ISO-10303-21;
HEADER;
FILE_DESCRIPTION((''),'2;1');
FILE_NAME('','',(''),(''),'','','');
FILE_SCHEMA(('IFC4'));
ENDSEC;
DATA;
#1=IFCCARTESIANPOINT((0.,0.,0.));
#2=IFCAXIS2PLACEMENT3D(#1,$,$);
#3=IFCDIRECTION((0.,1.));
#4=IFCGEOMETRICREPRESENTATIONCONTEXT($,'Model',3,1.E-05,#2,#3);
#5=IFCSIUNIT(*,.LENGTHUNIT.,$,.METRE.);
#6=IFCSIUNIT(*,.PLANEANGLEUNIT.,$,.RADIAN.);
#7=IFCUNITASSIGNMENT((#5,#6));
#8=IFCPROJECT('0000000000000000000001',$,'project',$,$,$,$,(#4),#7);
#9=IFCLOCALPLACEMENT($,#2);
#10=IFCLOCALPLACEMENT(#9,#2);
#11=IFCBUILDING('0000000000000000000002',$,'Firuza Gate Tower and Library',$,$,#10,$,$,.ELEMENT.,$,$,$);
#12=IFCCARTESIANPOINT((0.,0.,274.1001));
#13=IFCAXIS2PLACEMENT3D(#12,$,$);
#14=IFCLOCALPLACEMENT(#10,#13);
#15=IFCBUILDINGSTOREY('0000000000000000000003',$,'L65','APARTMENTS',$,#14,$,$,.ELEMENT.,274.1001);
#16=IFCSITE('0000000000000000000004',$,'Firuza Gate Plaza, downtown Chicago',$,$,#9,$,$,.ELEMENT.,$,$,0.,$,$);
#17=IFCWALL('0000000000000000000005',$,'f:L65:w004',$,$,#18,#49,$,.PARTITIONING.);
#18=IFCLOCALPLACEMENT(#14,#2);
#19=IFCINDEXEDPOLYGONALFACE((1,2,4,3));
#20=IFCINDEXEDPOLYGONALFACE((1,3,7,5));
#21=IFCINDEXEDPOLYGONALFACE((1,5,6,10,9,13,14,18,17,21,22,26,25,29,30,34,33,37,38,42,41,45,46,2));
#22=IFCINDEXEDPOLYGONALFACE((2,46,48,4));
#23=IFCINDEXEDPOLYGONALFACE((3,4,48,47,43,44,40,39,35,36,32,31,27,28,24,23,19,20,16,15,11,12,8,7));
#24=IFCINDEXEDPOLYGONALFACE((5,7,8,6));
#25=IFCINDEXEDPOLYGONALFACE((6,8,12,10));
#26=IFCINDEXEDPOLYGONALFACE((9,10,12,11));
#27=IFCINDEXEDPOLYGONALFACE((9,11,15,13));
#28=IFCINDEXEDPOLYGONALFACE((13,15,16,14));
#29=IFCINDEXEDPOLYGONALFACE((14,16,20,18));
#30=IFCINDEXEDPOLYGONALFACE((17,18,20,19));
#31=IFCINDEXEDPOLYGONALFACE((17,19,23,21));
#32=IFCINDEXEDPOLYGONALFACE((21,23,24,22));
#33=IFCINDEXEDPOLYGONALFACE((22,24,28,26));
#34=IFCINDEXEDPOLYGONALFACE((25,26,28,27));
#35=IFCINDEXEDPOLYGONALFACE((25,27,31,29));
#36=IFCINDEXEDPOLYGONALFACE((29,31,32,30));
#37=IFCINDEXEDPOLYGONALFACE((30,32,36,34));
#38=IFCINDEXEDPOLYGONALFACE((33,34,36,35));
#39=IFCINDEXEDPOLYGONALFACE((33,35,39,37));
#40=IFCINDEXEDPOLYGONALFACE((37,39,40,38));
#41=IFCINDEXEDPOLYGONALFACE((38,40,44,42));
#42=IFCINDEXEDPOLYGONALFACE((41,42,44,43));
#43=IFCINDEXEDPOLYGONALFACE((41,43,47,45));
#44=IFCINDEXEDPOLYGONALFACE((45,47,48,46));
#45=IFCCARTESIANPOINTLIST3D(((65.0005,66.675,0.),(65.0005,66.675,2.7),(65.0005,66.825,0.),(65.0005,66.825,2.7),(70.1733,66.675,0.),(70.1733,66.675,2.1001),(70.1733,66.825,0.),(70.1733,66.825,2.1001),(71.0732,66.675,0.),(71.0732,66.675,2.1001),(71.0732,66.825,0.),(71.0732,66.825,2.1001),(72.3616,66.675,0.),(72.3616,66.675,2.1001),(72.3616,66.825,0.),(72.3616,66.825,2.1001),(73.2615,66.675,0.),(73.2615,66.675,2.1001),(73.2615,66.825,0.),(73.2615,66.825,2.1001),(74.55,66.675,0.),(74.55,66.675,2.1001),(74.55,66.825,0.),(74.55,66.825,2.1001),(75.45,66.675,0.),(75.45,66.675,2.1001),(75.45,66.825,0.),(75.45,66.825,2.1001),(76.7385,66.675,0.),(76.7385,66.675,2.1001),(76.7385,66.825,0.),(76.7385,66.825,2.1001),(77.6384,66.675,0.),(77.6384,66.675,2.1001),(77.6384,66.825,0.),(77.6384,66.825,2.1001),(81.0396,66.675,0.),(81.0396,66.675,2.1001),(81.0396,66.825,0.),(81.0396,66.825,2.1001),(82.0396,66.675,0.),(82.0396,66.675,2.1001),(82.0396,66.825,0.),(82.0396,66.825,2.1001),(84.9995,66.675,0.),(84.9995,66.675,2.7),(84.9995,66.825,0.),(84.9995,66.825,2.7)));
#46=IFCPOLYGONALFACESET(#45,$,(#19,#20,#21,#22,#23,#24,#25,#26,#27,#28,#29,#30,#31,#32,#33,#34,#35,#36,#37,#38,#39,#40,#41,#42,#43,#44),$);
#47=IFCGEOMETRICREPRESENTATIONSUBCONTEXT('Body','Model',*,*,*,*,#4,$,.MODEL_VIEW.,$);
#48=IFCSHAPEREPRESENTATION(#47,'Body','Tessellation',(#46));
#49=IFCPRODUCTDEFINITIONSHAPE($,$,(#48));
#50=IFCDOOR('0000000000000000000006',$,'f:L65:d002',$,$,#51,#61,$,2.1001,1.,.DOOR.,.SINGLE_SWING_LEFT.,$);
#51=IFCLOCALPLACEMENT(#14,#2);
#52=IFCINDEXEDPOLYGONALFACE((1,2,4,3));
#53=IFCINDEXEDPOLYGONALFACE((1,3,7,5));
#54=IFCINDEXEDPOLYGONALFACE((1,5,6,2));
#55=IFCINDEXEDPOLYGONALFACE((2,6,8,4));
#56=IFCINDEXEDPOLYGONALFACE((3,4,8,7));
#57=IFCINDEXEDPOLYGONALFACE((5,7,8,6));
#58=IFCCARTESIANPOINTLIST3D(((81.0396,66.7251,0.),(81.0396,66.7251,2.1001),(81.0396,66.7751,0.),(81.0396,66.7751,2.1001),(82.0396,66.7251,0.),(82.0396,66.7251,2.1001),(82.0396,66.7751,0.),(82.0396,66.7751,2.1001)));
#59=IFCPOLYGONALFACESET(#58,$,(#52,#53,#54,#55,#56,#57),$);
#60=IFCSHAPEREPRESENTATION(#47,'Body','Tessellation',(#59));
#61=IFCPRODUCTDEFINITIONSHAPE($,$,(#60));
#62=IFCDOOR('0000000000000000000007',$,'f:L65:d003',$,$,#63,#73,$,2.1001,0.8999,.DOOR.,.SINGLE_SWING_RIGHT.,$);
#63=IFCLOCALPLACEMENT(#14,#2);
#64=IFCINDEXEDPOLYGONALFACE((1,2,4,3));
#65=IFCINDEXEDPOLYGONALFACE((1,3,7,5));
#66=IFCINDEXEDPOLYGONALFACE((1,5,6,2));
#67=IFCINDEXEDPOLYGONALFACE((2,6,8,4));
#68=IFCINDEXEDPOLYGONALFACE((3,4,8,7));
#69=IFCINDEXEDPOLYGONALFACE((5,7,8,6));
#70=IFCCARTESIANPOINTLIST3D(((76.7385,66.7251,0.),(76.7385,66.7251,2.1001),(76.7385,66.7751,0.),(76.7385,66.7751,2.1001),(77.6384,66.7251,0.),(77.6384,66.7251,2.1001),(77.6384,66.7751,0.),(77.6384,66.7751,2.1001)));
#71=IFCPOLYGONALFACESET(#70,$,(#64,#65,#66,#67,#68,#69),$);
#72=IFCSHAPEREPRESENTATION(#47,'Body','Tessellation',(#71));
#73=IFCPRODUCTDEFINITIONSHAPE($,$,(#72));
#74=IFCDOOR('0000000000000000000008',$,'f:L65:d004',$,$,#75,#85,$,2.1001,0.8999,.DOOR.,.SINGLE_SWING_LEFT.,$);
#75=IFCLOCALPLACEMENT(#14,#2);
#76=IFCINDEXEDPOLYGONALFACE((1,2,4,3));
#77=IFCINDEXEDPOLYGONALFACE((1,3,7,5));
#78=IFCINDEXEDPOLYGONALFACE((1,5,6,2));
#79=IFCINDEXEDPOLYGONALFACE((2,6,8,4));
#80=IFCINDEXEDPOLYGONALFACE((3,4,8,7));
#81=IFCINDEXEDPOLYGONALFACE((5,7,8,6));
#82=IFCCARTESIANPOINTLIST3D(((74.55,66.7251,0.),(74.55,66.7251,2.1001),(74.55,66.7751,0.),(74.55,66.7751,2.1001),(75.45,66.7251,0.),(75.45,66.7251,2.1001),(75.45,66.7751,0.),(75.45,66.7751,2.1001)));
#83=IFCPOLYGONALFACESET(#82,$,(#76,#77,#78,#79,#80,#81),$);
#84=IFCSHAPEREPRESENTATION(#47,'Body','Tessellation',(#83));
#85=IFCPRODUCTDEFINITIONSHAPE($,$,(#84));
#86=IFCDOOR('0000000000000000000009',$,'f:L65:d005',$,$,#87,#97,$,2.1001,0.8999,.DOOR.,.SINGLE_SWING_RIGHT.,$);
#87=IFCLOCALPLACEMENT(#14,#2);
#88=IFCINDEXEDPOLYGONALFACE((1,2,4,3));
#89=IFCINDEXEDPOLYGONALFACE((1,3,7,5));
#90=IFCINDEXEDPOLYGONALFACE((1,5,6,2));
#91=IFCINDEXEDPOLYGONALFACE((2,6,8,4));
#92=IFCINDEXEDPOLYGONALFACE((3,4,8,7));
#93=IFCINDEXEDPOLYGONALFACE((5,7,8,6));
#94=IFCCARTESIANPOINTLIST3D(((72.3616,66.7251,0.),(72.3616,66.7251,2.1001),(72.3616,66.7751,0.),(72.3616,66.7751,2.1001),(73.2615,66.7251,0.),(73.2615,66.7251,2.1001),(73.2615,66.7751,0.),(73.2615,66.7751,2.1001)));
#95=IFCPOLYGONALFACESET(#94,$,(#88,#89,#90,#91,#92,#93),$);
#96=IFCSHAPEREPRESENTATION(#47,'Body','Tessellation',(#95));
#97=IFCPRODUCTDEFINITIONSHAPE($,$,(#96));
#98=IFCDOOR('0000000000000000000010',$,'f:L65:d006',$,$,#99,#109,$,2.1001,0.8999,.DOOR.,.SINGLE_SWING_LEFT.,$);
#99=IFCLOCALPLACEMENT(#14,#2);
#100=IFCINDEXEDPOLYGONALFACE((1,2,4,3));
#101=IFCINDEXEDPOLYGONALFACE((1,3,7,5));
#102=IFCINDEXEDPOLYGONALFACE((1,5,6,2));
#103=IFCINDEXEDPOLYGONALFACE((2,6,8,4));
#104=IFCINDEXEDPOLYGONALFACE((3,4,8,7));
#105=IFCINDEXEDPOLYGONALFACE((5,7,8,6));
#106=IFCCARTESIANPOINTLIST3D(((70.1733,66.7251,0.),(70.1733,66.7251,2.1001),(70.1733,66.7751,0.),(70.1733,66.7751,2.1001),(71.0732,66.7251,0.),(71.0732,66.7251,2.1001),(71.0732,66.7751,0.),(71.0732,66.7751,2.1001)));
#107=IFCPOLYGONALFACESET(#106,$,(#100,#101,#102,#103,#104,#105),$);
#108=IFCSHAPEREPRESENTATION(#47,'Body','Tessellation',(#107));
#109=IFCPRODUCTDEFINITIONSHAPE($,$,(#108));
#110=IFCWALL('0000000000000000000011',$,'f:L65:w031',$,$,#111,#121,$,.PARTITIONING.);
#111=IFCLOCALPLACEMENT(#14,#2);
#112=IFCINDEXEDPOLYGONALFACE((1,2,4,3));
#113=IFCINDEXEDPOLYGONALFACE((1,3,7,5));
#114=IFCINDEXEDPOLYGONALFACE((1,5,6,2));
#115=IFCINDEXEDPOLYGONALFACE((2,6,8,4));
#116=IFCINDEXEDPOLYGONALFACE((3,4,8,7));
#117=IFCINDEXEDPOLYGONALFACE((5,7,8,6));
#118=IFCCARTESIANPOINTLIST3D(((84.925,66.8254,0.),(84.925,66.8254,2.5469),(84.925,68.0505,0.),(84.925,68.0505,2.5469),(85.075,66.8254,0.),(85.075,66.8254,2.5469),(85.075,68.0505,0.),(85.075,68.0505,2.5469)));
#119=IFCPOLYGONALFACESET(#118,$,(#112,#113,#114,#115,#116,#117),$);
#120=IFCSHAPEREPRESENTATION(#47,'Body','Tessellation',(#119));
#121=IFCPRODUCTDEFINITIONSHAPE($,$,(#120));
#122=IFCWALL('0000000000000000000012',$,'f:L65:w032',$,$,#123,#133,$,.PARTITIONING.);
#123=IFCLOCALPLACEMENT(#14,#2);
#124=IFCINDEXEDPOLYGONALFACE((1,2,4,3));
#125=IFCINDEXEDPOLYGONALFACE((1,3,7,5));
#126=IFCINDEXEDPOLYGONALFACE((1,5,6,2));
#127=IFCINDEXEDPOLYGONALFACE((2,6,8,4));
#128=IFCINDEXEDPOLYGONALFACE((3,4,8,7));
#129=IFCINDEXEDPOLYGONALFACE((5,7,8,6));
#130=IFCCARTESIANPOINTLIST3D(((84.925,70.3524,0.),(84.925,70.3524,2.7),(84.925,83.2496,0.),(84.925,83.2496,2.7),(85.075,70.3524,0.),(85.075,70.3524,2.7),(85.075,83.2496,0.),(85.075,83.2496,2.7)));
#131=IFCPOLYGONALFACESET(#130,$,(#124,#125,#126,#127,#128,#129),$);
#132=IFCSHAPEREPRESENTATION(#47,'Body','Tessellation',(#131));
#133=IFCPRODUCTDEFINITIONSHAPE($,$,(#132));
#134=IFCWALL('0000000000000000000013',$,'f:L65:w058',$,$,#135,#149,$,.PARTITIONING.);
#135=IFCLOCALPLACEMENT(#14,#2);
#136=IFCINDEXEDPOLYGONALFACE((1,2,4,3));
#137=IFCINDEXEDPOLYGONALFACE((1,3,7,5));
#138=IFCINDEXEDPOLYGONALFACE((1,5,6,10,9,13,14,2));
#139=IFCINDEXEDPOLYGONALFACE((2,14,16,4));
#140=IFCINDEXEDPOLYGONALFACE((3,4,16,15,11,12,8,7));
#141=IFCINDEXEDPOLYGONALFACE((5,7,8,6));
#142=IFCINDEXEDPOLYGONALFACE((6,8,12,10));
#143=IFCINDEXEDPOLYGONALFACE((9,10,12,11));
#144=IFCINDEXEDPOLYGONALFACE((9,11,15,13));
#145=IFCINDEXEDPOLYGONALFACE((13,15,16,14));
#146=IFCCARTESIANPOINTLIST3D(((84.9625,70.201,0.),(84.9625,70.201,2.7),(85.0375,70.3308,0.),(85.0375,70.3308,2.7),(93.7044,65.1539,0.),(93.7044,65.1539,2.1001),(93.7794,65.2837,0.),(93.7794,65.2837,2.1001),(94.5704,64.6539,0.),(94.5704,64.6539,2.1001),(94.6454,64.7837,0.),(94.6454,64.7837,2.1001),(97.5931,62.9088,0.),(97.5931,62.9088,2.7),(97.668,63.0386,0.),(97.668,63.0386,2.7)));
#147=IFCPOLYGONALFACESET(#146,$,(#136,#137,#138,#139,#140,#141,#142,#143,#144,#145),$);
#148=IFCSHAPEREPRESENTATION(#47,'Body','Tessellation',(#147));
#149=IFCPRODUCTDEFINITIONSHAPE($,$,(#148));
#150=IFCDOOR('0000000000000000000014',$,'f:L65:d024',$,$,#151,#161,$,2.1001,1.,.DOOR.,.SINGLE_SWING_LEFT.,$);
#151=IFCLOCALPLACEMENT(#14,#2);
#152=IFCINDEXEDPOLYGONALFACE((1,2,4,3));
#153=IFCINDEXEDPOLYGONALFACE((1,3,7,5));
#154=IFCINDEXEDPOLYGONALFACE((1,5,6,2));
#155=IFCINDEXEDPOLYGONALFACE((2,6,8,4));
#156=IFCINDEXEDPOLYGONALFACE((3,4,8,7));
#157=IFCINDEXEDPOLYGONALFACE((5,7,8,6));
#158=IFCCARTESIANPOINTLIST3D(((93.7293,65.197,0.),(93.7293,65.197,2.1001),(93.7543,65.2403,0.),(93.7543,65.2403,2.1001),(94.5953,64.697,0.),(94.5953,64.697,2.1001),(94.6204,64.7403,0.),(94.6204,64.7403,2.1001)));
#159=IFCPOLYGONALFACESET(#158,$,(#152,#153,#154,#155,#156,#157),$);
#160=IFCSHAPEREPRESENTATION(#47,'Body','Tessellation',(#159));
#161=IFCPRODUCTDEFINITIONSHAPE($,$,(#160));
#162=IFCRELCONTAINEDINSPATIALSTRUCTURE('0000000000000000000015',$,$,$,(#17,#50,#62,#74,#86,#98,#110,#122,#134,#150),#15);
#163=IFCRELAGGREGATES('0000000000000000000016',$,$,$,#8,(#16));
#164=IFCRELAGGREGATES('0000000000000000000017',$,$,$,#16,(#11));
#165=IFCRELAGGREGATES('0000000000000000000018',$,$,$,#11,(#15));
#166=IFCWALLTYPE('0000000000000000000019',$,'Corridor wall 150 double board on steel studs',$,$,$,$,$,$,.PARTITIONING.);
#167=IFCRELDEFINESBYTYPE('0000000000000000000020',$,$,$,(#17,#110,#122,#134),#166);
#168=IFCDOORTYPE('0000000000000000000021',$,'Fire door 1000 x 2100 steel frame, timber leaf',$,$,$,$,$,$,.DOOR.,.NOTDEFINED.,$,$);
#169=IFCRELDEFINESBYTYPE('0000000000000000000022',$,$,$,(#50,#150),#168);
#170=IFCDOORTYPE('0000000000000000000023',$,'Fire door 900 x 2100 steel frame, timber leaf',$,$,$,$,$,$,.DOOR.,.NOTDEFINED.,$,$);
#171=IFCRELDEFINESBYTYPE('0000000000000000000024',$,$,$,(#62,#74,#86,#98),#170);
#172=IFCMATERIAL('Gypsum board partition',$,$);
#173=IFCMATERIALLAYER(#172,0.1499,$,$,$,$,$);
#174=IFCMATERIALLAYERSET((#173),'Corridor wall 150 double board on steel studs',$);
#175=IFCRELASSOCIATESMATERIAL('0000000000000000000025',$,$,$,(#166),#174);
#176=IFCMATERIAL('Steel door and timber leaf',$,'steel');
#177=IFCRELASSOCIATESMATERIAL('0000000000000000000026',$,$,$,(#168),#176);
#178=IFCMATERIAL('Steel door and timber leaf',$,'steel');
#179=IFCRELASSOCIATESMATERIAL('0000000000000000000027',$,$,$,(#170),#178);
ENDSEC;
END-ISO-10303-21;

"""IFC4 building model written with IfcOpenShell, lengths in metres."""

from ifc_helpers import new_model, si_unit, direction, frame, frame_2d, origin, place, context, subcontext, project, spatial, rectangle, extrude, material, layer, layer_set, type_object, element, fill, save


model = new_model("IFC4")

# Units and contexts
model_context = context("Model", 3, precision=1e-05, world=origin(), true_north=direction((0.0, 1.0)))
body_context = subcontext(model_context, "Body", "Model", "MODEL_VIEW")
ifc_project = project(units=[si_unit("LENGTHUNIT", "METRE"), si_unit("PLANEANGLEUNIT", "RADIAN")], contexts=[model_context])

# Site, building, storey
site_placement = place(None, origin())
site = spatial("IfcSite", under=ifc_project, at=site_placement, Name="Firuza Gate Plaza, downtown Chicago", CompositionType="ELEMENT", RefElevation=0.0)
building_placement = place(site_placement, origin())
building = spatial("IfcBuilding", under=site, at=building_placement, Name="Firuza Gate Tower and Library", CompositionType="ELEMENT")
storey_placement = place(building_placement, frame((0.0, 0.0, 274.1001)))
storey = spatial("IfcBuildingStorey", under=building, at=storey_placement, Name="L65", Description="APARTMENTS", CompositionType="ELEMENT", Elevation=274.1001)

# Wall, openings, doors
ifc_material_1 = material(Name="Gypsum board partition")
ifc_layer_1 = layer(ifc_material_1, 0.1499)
ifc_layer_set_1 = layer_set([ifc_layer_1], Name="Corridor wall 150 double board on steel studs")
wall_type_1 = type_object("IfcWallType", Name="Corridor wall 150 double board on steel studs", PredefinedType="PARTITIONING", material=ifc_layer_set_1)
wall_1_placement = place(storey_placement, frame((84.9995, 66.75, 0.0), z_axis=(0.0, 0.0, 1.0), x_axis=(-1.0, 0.0, 0.0)))
wall_1 = element("IfcWall", 1, at=wall_1_placement, inside=storey, type_object=wall_type_1, Name="f:L65:w004", PredefinedType="PARTITIONING", context=body_context, shape_type="SweptSolid", body=[
    extrude(rectangle(XDim=19.999, YDim=0.1499, at=frame_2d((9.9995, 0.0))), origin(), (0.0, 0.0, 1.0), 2.7),
])
opening_1_placement = place(wall_1_placement, frame((2.96, 0.0, 0.0)))
opening_1 = element("IfcOpeningElement", 2, at=opening_1_placement, cuts=wall_1, PredefinedType="OPENING", context=body_context, shape_type="SweptSolid", body=[
    extrude(rectangle(XDim=1.0, YDim=2.1001, at=frame_2d((0.5, 1.05))), frame((0.0, 0.085, 0.0), z_axis=(0.0, -1.0, 0.0), x_axis=(1.0, 0.0, 0.0)), (0.0, 0.0, 1.0), 0.1699),
])
opening_2_placement = place(wall_1_placement, frame((7.3611, 0.0, 0.0)))
opening_2 = element("IfcOpeningElement", 3, at=opening_2_placement, cuts=wall_1, PredefinedType="OPENING", context=body_context, shape_type="SweptSolid", body=[
    extrude(rectangle(XDim=0.8999, YDim=2.1001, at=frame_2d((0.45, 1.05))), frame((0.0, 0.085, 0.0), z_axis=(0.0, -1.0, 0.0), x_axis=(1.0, 0.0, 0.0)), (0.0, 0.0, 1.0), 0.1699),
])
opening_3_placement = place(wall_1_placement, frame((9.5496, 0.0, 0.0)))
opening_3 = element("IfcOpeningElement", 4, at=opening_3_placement, cuts=wall_1, PredefinedType="OPENING", context=body_context, shape_type="SweptSolid", body=[
    extrude(rectangle(XDim=0.8999, YDim=2.1001, at=frame_2d((0.45, 1.05))), frame((0.0, 0.085, 0.0), z_axis=(0.0, -1.0, 0.0), x_axis=(1.0, 0.0, 0.0)), (0.0, 0.0, 1.0), 0.1699),
])
opening_4_placement = place(wall_1_placement, frame((11.738, 0.0, 0.0)))
opening_4 = element("IfcOpeningElement", 5, at=opening_4_placement, cuts=wall_1, PredefinedType="OPENING", context=body_context, shape_type="SweptSolid", body=[
    extrude(rectangle(XDim=0.8999, YDim=2.1001, at=frame_2d((0.45, 1.05))), frame((0.0, 0.085, 0.0), z_axis=(0.0, -1.0, 0.0), x_axis=(1.0, 0.0, 0.0)), (0.0, 0.0, 1.0), 0.1699),
])
opening_5_placement = place(wall_1_placement, frame((13.9263, 0.0, 0.0)))
opening_5 = element("IfcOpeningElement", 6, at=opening_5_placement, cuts=wall_1, PredefinedType="OPENING", context=body_context, shape_type="SweptSolid", body=[
    extrude(rectangle(XDim=0.8999, YDim=2.1001, at=frame_2d((0.45, 1.05))), frame((0.0, 0.085, 0.0), z_axis=(0.0, -1.0, 0.0), x_axis=(1.0, 0.0, 0.0)), (0.0, 0.0, 1.0), 0.1699),
])
ifc_material_2 = material(Name="Steel door and timber leaf", Category="steel")
door_type_1 = type_object("IfcDoorType", Name="Fire door 1000 x 2100 steel frame, timber leaf", OperationType="NOTDEFINED", PredefinedType="DOOR", material=ifc_material_2)
door_1_placement = place(opening_1_placement, origin())
door_1 = element("IfcDoor", 7, at=door_1_placement, inside=storey, type_object=door_type_1, Name="f:L65:d002", OperationType="SINGLE_SWING_LEFT", OverallHeight=2.1001, OverallWidth=1.0, PredefinedType="DOOR", context=body_context, shape_type="SweptSolid", body=[
    extrude(rectangle(XDim=1.0, YDim=2.1001, at=frame_2d((0.5, 1.05))), frame((0.0, 0.0249, 0.0), z_axis=(0.0, -1.0, 0.0), x_axis=(1.0, 0.0, 0.0)), (0.0, 0.0, 1.0), 0.05),
])
fill(opening_1, door_1)
ifc_material_3 = material(Name="Steel door and timber leaf", Category="steel")
door_type_2 = type_object("IfcDoorType", Name="Fire door 900 x 2100 steel frame, timber leaf", OperationType="NOTDEFINED", PredefinedType="DOOR", material=ifc_material_3)
door_2_placement = place(opening_2_placement, origin())
door_2 = element("IfcDoor", 8, at=door_2_placement, inside=storey, type_object=door_type_2, Name="f:L65:d003", OperationType="SINGLE_SWING_RIGHT", OverallHeight=2.1001, OverallWidth=0.8999, PredefinedType="DOOR", context=body_context, shape_type="SweptSolid", body=[
    extrude(rectangle(XDim=0.8999, YDim=2.1001, at=frame_2d((0.45, 1.05))), frame((0.0, 0.0249, 0.0), z_axis=(0.0, -1.0, 0.0), x_axis=(1.0, 0.0, 0.0)), (0.0, 0.0, 1.0), 0.05),
])
fill(opening_2, door_2)
door_3_placement = place(opening_3_placement, origin())
door_3 = element("IfcDoor", 9, at=door_3_placement, inside=storey, type_object=door_type_2, Name="f:L65:d004", OperationType="SINGLE_SWING_LEFT", OverallHeight=2.1001, OverallWidth=0.8999, PredefinedType="DOOR", context=body_context, shape_type="SweptSolid", body=[
    extrude(rectangle(XDim=0.8999, YDim=2.1001, at=frame_2d((0.45, 1.05))), frame((0.0, 0.0249, 0.0), z_axis=(0.0, -1.0, 0.0), x_axis=(1.0, 0.0, 0.0)), (0.0, 0.0, 1.0), 0.05),
])
fill(opening_3, door_3)
door_4_placement = place(opening_4_placement, origin())
door_4 = element("IfcDoor", 10, at=door_4_placement, inside=storey, type_object=door_type_2, Name="f:L65:d005", OperationType="SINGLE_SWING_RIGHT", OverallHeight=2.1001, OverallWidth=0.8999, PredefinedType="DOOR", context=body_context, shape_type="SweptSolid", body=[
    extrude(rectangle(XDim=0.8999, YDim=2.1001, at=frame_2d((0.45, 1.05))), frame((0.0, 0.0249, 0.0), z_axis=(0.0, -1.0, 0.0), x_axis=(1.0, 0.0, 0.0)), (0.0, 0.0, 1.0), 0.05),
])
fill(opening_4, door_4)
door_5_placement = place(opening_5_placement, origin())
door_5 = element("IfcDoor", 11, at=door_5_placement, inside=storey, type_object=door_type_2, Name="f:L65:d006", OperationType="SINGLE_SWING_LEFT", OverallHeight=2.1001, OverallWidth=0.8999, PredefinedType="DOOR", context=body_context, shape_type="SweptSolid", body=[
    extrude(rectangle(XDim=0.8999, YDim=2.1001, at=frame_2d((0.45, 1.05))), frame((0.0, 0.0249, 0.0), z_axis=(0.0, -1.0, 0.0), x_axis=(1.0, 0.0, 0.0)), (0.0, 0.0, 1.0), 0.05),
])
fill(opening_5, door_5)

# Walls
wall_2_placement = place(storey_placement, frame((85.0, 66.8254, 0.0), z_axis=(0.0, 0.0, 1.0), x_axis=(0.0, 1.0, 0.0)))
element("IfcWall", 12, at=wall_2_placement, inside=storey, type_object=wall_type_1, Name="f:L65:w031", PredefinedType="PARTITIONING", context=body_context, shape_type="SweptSolid", body=[
    extrude(rectangle(XDim=1.2251, YDim=0.1499, at=frame_2d((0.6125, 0.0))), origin(), (0.0, 0.0, 1.0), 2.5469),
])
wall_3_placement = place(storey_placement, frame((85.0, 70.3523, 0.0), z_axis=(0.0, 0.0, 1.0), x_axis=(0.0, 1.0, 0.0)))
element("IfcWall", 13, at=wall_3_placement, inside=storey, type_object=wall_type_1, Name="f:L65:w032", PredefinedType="PARTITIONING", context=body_context, shape_type="SweptSolid", body=[
    extrude(rectangle(XDim=12.8972, YDim=0.1499, at=frame_2d((6.4487, 0.0))), origin(), (0.0, 0.0, 1.0), 2.7),
])

# Wall, opening, door
wall_4_placement = place(storey_placement, frame((85.0, 70.2659, 0.0), z_axis=(0.0, 0.0, 1.0), x_axis=(0.866027, -0.499997, 0.0)))
wall_4 = element("IfcWall", 14, at=wall_4_placement, inside=storey, type_object=wall_type_1, Name="f:L65:w058", PredefinedType="PARTITIONING", context=body_context, shape_type="SweptSolid", body=[
    extrude(rectangle(XDim=14.5845, YDim=0.1499, at=frame_2d((7.2922, 0.0))), origin(), (0.0, 0.0, 1.0), 2.7),
])
opening_6_placement = place(wall_4_placement, frame((10.0942, 0.0, 0.0)))
opening_6 = element("IfcOpeningElement", 15, at=opening_6_placement, cuts=wall_4, PredefinedType="OPENING", context=body_context, shape_type="SweptSolid", body=[
    extrude(rectangle(XDim=1.0, YDim=2.1001, at=frame_2d((0.5, 1.05))), frame((0.0, 0.085, 0.0), z_axis=(0.0, -1.0, 0.0), x_axis=(1.0, 0.0, 0.0)), (0.0, 0.0, 1.0), 0.1699),
])
door_6_placement = place(opening_6_placement, origin())
door_6 = element("IfcDoor", 16, at=door_6_placement, inside=storey, type_object=door_type_1, Name="f:L65:d024", OperationType="SINGLE_SWING_LEFT", OverallHeight=2.1001, OverallWidth=1.0, PredefinedType="DOOR", context=body_context, shape_type="SweptSolid", body=[
    extrude(rectangle(XDim=1.0, YDim=2.1001, at=frame_2d((0.5, 1.05))), frame((0.0, 0.0249, 0.0), z_axis=(0.0, -1.0, 0.0), x_axis=(1.0, 0.0, 0.0)), (0.0, 0.0, 1.0), 0.05),
])
fill(opening_6, door_6)

save(model, "model.ifc")
